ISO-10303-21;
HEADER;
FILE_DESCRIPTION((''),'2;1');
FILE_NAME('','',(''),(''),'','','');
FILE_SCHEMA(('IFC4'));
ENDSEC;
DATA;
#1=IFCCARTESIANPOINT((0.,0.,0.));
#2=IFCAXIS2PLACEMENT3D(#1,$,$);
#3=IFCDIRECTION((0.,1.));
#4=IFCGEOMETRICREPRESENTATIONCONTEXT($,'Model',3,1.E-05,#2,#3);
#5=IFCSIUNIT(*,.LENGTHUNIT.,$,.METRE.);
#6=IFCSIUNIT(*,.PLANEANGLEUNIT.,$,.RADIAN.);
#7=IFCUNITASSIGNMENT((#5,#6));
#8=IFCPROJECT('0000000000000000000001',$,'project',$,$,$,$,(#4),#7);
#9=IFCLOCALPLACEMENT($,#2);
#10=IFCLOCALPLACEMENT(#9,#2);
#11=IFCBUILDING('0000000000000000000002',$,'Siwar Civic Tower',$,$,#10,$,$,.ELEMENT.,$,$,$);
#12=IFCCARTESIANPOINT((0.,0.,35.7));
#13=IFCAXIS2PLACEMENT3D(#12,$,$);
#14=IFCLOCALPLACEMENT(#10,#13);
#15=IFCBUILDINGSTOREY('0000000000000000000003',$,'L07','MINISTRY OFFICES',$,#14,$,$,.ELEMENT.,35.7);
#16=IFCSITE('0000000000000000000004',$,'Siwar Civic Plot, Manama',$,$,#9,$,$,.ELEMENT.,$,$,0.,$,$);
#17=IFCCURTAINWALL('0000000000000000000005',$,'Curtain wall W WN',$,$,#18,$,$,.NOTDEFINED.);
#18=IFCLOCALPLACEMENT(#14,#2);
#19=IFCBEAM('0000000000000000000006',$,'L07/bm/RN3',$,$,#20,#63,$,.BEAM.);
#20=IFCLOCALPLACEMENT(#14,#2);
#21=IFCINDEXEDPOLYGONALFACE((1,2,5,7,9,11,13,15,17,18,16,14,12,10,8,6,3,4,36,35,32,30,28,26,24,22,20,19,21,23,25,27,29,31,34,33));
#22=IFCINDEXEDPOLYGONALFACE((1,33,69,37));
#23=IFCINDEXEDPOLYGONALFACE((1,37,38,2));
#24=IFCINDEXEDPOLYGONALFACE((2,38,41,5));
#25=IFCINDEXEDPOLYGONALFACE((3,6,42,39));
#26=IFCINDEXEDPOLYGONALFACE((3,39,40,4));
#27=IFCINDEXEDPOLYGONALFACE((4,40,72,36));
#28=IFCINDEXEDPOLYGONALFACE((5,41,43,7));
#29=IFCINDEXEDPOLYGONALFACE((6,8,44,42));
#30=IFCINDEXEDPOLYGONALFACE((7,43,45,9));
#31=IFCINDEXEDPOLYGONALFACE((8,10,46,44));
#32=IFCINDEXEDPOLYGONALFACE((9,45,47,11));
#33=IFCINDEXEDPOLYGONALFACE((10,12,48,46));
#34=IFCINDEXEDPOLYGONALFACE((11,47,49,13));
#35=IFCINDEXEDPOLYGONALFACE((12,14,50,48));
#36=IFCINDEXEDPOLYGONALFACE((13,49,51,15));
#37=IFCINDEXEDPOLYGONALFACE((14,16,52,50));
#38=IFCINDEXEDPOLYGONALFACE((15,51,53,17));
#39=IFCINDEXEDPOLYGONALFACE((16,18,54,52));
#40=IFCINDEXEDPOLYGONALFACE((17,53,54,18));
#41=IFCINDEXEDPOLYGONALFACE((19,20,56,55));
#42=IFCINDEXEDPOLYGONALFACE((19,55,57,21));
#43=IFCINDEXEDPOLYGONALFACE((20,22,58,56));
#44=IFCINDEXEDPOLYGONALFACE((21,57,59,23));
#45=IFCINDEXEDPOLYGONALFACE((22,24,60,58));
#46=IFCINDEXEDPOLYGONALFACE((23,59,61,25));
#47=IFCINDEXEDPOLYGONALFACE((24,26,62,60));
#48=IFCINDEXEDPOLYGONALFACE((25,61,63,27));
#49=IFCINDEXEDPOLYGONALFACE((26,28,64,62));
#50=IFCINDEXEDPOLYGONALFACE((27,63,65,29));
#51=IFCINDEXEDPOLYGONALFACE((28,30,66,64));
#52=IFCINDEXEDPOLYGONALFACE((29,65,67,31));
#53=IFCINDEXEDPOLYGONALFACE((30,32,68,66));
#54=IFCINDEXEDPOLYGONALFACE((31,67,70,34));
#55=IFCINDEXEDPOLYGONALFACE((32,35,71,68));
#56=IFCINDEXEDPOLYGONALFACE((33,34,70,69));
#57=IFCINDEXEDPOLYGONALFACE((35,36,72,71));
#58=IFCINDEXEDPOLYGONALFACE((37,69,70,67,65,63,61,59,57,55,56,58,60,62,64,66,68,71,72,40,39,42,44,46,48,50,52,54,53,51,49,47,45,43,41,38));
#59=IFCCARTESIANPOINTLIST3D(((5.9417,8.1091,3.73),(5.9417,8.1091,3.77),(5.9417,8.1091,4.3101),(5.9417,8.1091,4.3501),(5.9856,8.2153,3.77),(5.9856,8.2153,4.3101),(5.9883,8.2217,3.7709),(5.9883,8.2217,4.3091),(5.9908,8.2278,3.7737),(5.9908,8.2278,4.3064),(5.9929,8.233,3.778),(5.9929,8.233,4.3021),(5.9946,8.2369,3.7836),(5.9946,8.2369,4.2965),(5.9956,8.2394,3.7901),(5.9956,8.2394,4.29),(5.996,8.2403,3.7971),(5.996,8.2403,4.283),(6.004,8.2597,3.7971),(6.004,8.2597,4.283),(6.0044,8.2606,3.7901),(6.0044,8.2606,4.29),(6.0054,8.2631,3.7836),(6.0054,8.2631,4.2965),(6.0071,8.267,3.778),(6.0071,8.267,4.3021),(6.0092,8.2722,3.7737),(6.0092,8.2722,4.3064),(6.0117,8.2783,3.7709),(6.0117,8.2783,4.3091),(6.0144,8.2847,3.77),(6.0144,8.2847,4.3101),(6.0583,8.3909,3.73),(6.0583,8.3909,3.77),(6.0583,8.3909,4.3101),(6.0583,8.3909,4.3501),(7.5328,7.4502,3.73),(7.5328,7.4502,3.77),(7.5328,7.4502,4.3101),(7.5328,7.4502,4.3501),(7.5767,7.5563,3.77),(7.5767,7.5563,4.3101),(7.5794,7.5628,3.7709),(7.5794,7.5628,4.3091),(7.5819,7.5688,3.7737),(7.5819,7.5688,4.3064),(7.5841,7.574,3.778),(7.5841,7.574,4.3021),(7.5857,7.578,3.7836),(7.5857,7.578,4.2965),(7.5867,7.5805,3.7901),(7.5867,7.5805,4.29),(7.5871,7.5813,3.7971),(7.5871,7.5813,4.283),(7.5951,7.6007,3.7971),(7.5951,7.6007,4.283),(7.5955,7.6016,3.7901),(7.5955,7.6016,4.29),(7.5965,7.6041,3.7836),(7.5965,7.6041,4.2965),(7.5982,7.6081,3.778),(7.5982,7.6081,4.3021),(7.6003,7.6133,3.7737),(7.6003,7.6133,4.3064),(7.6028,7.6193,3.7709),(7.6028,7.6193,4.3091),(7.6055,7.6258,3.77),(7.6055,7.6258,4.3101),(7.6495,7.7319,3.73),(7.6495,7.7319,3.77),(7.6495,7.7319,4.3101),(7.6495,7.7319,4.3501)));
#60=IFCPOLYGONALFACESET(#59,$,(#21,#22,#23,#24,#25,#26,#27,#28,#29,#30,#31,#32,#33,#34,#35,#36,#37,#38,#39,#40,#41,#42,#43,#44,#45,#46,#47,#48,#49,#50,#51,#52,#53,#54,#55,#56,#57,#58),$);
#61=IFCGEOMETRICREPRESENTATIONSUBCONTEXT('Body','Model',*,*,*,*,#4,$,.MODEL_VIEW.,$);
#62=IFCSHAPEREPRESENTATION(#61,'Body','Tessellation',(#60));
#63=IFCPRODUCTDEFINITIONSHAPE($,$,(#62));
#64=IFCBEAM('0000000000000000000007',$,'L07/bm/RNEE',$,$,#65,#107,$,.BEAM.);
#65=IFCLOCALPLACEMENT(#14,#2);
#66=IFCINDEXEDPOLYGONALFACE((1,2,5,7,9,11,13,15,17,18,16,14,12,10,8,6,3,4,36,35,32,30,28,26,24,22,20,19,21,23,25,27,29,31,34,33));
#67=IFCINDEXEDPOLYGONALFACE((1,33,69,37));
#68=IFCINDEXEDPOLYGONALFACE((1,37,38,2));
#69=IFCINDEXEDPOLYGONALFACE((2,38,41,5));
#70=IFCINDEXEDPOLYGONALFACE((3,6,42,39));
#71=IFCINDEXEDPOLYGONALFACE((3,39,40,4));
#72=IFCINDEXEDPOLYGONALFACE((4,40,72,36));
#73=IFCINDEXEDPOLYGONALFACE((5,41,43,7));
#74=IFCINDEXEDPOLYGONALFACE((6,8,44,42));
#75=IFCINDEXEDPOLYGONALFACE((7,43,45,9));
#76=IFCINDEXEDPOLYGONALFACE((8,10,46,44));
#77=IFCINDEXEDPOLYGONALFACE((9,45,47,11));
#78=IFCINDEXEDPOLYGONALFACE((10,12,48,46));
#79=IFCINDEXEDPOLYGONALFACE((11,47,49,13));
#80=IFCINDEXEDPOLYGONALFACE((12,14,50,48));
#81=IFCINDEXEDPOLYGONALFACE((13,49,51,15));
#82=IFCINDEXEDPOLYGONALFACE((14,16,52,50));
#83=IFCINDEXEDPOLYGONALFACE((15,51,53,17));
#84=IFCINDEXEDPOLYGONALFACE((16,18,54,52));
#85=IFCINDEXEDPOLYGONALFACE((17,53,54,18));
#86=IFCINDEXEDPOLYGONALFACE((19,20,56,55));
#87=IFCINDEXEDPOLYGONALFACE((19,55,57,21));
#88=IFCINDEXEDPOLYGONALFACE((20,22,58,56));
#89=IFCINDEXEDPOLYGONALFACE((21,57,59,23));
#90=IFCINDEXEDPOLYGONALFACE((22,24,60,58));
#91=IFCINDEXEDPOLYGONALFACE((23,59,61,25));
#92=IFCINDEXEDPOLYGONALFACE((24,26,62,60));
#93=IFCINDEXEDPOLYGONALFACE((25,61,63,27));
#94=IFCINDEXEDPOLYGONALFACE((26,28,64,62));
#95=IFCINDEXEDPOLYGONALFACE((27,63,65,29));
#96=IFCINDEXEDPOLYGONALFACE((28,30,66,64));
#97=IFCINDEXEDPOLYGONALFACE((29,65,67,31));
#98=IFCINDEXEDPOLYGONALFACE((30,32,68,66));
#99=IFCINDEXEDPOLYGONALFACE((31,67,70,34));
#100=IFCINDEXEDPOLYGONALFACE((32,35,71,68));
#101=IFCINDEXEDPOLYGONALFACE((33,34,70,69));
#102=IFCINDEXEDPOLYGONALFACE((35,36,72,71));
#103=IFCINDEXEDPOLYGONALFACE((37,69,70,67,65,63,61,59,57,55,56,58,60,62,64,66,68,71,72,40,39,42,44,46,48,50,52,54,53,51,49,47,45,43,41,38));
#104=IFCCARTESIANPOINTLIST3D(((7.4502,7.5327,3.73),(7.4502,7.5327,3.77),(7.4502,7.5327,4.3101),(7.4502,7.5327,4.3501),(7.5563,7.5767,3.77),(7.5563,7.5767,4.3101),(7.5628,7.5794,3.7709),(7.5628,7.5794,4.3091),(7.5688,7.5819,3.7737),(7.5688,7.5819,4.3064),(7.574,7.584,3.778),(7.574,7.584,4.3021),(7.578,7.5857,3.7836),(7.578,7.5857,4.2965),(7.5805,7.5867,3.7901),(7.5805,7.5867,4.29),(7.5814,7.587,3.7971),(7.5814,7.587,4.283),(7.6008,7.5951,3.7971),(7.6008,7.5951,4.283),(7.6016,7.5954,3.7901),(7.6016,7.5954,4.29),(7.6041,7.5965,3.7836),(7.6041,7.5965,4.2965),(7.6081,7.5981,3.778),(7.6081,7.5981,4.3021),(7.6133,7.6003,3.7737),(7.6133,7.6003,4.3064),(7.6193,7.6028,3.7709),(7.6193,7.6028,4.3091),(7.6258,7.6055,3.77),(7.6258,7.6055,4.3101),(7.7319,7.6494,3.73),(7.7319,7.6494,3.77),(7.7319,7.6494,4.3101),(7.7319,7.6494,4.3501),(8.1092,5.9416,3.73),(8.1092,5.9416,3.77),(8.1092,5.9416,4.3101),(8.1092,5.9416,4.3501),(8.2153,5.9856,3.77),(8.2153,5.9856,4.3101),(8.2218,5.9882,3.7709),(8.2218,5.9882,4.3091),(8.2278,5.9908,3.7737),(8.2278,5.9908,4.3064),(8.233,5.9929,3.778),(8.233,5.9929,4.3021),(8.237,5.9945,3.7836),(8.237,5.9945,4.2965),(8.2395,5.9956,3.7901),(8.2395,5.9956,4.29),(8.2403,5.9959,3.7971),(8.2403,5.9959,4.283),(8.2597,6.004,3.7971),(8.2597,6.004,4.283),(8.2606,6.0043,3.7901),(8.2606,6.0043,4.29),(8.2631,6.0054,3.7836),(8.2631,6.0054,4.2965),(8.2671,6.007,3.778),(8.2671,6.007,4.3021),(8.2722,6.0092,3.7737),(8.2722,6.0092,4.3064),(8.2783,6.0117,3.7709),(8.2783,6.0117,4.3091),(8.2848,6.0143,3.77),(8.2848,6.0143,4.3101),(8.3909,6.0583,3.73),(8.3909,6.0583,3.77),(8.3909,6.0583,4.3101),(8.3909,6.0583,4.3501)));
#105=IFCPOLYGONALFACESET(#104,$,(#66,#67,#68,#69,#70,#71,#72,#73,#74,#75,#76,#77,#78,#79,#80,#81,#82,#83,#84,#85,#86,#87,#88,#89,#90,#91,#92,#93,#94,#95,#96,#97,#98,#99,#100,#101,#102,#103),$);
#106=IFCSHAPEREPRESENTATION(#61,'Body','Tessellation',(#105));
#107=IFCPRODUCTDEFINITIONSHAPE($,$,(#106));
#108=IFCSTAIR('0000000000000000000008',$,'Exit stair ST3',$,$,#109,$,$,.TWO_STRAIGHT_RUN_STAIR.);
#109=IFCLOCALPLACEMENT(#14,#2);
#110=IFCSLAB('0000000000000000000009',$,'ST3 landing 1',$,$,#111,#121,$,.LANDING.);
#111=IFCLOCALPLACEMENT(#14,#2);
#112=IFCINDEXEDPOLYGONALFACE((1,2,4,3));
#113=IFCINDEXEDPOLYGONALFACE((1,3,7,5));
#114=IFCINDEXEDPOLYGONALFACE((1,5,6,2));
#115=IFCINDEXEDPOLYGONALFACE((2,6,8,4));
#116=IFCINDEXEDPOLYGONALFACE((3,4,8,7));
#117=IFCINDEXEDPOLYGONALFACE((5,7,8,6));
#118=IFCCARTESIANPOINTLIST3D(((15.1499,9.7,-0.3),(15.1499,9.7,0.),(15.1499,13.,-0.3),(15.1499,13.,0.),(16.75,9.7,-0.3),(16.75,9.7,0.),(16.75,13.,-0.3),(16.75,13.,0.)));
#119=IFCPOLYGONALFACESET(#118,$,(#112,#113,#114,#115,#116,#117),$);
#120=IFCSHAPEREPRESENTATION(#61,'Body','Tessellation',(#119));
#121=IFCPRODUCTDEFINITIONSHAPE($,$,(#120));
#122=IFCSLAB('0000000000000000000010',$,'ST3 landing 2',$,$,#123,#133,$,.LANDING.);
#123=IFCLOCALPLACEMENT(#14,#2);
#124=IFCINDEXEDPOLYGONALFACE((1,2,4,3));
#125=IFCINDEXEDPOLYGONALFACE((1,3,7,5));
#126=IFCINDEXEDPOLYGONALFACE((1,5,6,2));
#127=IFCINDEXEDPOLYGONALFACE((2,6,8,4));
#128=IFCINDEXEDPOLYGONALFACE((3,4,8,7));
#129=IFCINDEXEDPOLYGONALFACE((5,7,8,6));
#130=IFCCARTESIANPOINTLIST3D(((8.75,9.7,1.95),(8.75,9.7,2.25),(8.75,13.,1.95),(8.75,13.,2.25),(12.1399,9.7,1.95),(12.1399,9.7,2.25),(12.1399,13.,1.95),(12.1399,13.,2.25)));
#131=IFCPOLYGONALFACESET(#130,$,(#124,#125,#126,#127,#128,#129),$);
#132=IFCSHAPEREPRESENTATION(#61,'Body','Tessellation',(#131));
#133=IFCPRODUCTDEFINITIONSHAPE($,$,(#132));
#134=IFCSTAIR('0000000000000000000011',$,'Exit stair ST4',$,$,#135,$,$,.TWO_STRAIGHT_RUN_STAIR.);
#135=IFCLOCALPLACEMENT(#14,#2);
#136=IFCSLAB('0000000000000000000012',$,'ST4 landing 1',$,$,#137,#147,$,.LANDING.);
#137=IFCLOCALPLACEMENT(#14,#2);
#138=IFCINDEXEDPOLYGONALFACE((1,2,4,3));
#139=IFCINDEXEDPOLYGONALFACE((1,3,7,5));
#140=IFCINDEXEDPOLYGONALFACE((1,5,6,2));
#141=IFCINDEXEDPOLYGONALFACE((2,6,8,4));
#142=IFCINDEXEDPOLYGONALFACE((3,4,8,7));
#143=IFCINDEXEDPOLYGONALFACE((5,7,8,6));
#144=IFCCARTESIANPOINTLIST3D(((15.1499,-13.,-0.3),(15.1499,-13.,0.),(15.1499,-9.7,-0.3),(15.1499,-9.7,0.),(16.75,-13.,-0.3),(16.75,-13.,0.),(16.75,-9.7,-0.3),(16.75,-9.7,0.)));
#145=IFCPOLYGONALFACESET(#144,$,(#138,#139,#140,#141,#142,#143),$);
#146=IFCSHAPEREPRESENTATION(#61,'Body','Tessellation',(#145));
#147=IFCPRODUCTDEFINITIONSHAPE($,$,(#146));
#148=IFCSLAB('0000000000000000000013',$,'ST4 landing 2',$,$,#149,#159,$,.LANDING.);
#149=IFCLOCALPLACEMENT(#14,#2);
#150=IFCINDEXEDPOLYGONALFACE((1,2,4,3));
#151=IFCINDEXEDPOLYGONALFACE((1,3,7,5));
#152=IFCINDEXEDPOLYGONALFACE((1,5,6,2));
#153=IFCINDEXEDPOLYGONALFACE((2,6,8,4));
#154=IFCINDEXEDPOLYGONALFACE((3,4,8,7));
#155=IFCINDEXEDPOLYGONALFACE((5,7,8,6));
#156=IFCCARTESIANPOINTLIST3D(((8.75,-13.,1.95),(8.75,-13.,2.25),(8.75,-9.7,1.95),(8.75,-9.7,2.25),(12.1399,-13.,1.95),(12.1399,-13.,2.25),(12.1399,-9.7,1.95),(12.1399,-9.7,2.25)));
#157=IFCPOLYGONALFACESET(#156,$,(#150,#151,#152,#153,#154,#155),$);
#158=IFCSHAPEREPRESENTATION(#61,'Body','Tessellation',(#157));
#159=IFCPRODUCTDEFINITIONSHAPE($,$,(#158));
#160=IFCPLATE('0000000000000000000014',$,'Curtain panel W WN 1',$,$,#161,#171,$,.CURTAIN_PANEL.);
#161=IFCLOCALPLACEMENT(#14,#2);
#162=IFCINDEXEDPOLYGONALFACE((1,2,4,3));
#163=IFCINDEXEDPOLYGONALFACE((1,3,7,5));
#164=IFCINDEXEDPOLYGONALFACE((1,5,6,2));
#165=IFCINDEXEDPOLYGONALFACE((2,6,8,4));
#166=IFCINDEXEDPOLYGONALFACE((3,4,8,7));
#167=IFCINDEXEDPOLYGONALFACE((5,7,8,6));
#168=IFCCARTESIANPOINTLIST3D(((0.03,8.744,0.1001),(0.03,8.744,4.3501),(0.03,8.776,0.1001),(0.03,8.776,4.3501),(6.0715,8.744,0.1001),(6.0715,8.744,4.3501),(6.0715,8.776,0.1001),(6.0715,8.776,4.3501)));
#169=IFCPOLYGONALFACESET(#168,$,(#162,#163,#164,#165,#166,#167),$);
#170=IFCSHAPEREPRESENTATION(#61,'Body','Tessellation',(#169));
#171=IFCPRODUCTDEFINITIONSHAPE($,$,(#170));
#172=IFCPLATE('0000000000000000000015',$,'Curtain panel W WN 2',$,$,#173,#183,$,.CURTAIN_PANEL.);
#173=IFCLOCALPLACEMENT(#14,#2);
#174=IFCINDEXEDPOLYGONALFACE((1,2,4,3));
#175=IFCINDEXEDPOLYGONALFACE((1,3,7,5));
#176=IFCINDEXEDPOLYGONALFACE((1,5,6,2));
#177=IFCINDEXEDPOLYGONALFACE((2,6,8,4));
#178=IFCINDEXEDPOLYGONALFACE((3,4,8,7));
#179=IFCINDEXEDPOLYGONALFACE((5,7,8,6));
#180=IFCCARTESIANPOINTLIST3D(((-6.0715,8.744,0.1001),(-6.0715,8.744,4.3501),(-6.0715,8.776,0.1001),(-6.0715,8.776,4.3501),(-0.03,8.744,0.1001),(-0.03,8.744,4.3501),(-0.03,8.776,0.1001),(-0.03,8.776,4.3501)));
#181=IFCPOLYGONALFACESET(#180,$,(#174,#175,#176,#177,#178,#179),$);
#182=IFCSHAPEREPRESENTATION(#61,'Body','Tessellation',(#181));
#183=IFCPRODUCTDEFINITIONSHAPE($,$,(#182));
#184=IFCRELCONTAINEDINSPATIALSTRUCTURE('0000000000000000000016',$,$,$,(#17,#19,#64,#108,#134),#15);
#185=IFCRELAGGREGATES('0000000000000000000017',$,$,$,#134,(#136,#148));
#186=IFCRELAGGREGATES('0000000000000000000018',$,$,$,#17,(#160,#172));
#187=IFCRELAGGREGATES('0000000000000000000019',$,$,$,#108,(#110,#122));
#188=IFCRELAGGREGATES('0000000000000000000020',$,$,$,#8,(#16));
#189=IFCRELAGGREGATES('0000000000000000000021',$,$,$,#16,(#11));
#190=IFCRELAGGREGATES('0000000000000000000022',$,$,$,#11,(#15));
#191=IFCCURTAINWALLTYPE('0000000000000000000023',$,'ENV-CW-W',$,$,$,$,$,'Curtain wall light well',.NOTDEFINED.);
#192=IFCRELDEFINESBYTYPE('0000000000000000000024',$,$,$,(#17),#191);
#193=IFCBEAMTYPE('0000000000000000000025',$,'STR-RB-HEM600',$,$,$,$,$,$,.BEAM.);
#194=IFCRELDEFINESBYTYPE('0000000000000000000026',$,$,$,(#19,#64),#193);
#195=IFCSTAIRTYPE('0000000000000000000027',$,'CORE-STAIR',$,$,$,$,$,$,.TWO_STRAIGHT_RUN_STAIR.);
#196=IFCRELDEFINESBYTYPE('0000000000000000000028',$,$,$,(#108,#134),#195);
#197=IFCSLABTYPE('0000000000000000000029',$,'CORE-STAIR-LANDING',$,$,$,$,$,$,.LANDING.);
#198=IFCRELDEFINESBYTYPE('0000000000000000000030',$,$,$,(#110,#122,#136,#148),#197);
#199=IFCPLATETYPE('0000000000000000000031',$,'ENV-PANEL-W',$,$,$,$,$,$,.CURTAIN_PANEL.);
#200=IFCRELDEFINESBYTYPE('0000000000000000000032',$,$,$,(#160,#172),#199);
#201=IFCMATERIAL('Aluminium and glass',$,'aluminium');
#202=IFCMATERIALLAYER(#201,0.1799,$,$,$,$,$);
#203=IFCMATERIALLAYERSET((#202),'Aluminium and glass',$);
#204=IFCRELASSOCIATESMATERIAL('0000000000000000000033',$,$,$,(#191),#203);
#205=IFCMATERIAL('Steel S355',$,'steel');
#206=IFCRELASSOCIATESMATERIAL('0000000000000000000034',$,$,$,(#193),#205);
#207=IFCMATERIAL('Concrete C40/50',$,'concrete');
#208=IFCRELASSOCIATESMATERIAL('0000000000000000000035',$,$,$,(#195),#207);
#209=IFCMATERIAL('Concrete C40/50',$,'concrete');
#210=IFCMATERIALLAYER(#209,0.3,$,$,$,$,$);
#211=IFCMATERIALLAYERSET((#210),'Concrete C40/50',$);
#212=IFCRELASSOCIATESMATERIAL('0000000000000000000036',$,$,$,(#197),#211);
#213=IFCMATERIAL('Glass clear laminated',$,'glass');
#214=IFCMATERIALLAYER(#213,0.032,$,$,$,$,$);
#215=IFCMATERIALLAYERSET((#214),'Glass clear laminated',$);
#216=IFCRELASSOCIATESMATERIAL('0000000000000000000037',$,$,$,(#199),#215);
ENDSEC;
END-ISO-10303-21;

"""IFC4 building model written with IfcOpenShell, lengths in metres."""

from ifc_helpers import new_model, si_unit, direction, frame, origin, origin_2d, place, context, subcontext, project, spatial, polyline, rectangle, i_section, outline, extrude, material, layer, layer_set, material_profile, profile_set, type_object, element, aggregate, save


model = new_model("IFC4")

# Units and contexts
model_context = context("Model", 3, precision=1e-05, world=origin(), true_north=direction((0.0, 1.0)))
body_context = subcontext(model_context, "Body", "Model", "MODEL_VIEW")
ifc_project = project(units=[si_unit("LENGTHUNIT", "METRE"), si_unit("PLANEANGLEUNIT", "RADIAN")], contexts=[model_context])

# Site, building, storey
site_placement = place(None, origin())
site = spatial("IfcSite", under=ifc_project, at=site_placement, Name="Siwar Civic Plot, Manama", CompositionType="ELEMENT", RefElevation=0.0)
building_placement = place(site_placement, origin())
building = spatial("IfcBuilding", under=site, at=building_placement, Name="Siwar Civic Tower", CompositionType="ELEMENT")
storey_placement = place(building_placement, frame((0.0, 0.0, 35.7)))
storey = spatial("IfcBuildingStorey", under=building, at=storey_placement, Name="L07", Description="MINISTRY OFFICES", CompositionType="ELEMENT", Elevation=35.7)

# Curtain wall
ifc_material_1 = material(Name="Aluminium and glass", Category="aluminium")
ifc_layer_1 = layer(ifc_material_1, 0.1799)
ifc_layer_set_1 = layer_set([ifc_layer_1], Name="Aluminium and glass")
curtain_wall_type = type_object("IfcCurtainWallType", Name="ENV-CW-W", ElementType="Curtain wall light well", PredefinedType="NOTDEFINED", material=ifc_layer_set_1)
curtain_wall_placement = place(storey_placement, origin())
curtain_wall = element("IfcCurtainWall", 1, at=curtain_wall_placement, inside=storey, type_object=curtain_wall_type, Name="Curtain wall W WN", PredefinedType="NOTDEFINED")

# Beams
ifc_material_2 = material(Name="Steel S355", Category="steel")
ifc_material_profile_1 = material_profile(ifc_material_2, i_section(OverallWidth=0.3049, OverallDepth=0.6201, WebThickness=0.021, FlangeThickness=0.04, FilletRadius=0.0271, at=origin_2d()), Name="HEM600")
ifc_profile_set_1 = profile_set([ifc_material_profile_1], Name="Steel S355")
beam_type_1 = type_object("IfcBeamType", Name="STR-RB-HEM600", PredefinedType="BEAM", material=ifc_profile_set_1)
for number, where, z_axis, x_axis, name in (
    (2, (6.0, 8.25, 4.04), (0.923901, -0.382631, 0.0), (0.382631, 0.923901, 0.0), "L07/bm/RN3"),
    (3, (7.5911, 7.5911, 4.04), (0.382631, -0.923901, 0.0), (0.923901, 0.382631, 0.0), "L07/bm/RNEE"),
):
    element("IfcBeam", number, at=place(storey_placement, frame(where, z_axis=z_axis, x_axis=x_axis)), inside=storey, type_object=beam_type_1, Name=name, PredefinedType="BEAM", context=body_context, shape_type="SweptSolid", body=[
        extrude(i_section(OverallWidth=0.3049, OverallDepth=0.6201, WebThickness=0.021, FlangeThickness=0.04, FilletRadius=0.0271, at=origin_2d()), origin(), (0.0, 0.0, 1.0), 1.7222),
    ])

# Stairs, slabs
ifc_material_3 = material(Name="Concrete C40/50", Category="concrete")
stair_type = type_object("IfcStairType", Name="CORE-STAIR", PredefinedType="TWO_STRAIGHT_RUN_STAIR", material=ifc_material_3)
stair_1_placement = place(storey_placement, origin())
stair_1 = element("IfcStair", 4, at=stair_1_placement, inside=storey, type_object=stair_type, Name="Exit stair ST3", PredefinedType="TWO_STRAIGHT_RUN_STAIR")
ifc_material_4 = material(Name="Concrete C40/50", Category="concrete")
ifc_layer_2 = layer(ifc_material_4, 0.3)
ifc_layer_set_2 = layer_set([ifc_layer_2], Name="Concrete C40/50")
slab_type_1 = type_object("IfcSlabType", Name="CORE-STAIR-LANDING", PredefinedType="LANDING", material=ifc_layer_set_2)
slab_1_placement = place(storey_placement, frame((0.0, 0.0, -0.3)))
slab_1 = element("IfcSlab", 5, at=slab_1_placement, type_object=slab_type_1, Name="ST3 landing 1", PredefinedType="LANDING", context=body_context, shape_type="SweptSolid", body=[
    extrude(outline(polyline([(15.1499, 9.7), (16.75, 9.7), (16.75, 13.0), (15.1499, 13.0), (15.1499, 9.7)])), origin(), (0.0, 0.0, 1.0), 0.3),
])
slab_2_placement = place(storey_placement, frame((0.0, 0.0, 1.95)))
slab_2 = element("IfcSlab", 6, at=slab_2_placement, type_object=slab_type_1, Name="ST3 landing 2", PredefinedType="LANDING", context=body_context, shape_type="SweptSolid", body=[
    extrude(outline(polyline([(8.75, 9.7), (12.1399, 9.7), (12.1399, 13.0), (8.75, 13.0), (8.75, 9.7)])), origin(), (0.0, 0.0, 1.0), 0.3),
])
stair_2_placement = place(storey_placement, origin())
stair_2 = element("IfcStair", 7, at=stair_2_placement, inside=storey, type_object=stair_type, Name="Exit stair ST4", PredefinedType="TWO_STRAIGHT_RUN_STAIR")
slab_3_placement = place(storey_placement, frame((0.0, 0.0, -0.3)))
slab_3 = element("IfcSlab", 8, at=slab_3_placement, type_object=slab_type_1, Name="ST4 landing 1", PredefinedType="LANDING", context=body_context, shape_type="SweptSolid", body=[
    extrude(outline(polyline([(15.1499, -13.0), (16.75, -13.0), (16.75, -9.7), (15.1499, -9.7), (15.1499, -13.0)])), origin(), (0.0, 0.0, 1.0), 0.3),
])
slab_4_placement = place(storey_placement, frame((0.0, 0.0, 1.95)))
slab_4 = element("IfcSlab", 9, at=slab_4_placement, type_object=slab_type_1, Name="ST4 landing 2", PredefinedType="LANDING", context=body_context, shape_type="SweptSolid", body=[
    extrude(outline(polyline([(8.75, -13.0), (12.1399, -13.0), (12.1399, -9.7), (8.75, -9.7), (8.75, -13.0)])), origin(), (0.0, 0.0, 1.0), 0.3),
])
aggregate(stair_2, [slab_3, slab_4])

# Plates
ifc_material_5 = material(Name="Glass clear laminated", Category="glass")
ifc_layer_3 = layer(ifc_material_5, 0.032)
ifc_layer_set_3 = layer_set([ifc_layer_3], Name="Glass clear laminated")
plate_type = type_object("IfcPlateType", Name="ENV-PANEL-W", PredefinedType="CURTAIN_PANEL", material=ifc_layer_set_3)
plate_1_placement = place(storey_placement, frame((3.0508, 8.76, 0.1001), z_axis=(0.0, 0.0, 1.0), x_axis=(-1.0, 0.0, 0.0)))
plate_1 = element("IfcPlate", 10, at=plate_1_placement, type_object=plate_type, Name="Curtain panel W WN 1", PredefinedType="CURTAIN_PANEL", context=body_context, shape_type="SweptSolid", body=[
    extrude(rectangle(XDim=6.0415, YDim=0.032, at=origin_2d()), origin(), (0.0, 0.0, 1.0), 4.25),
])
plate_2_placement = place(storey_placement, frame((-3.0508, 8.76, 0.1001), z_axis=(0.0, 0.0, 1.0), x_axis=(-1.0, 0.0, 0.0)))
plate_2 = element("IfcPlate", 11, at=plate_2_placement, type_object=plate_type, Name="Curtain panel W WN 2", PredefinedType="CURTAIN_PANEL", context=body_context, shape_type="SweptSolid", body=[
    extrude(rectangle(XDim=6.0415, YDim=0.032, at=origin_2d()), origin(), (0.0, 0.0, 1.0), 4.25),
])
aggregate(curtain_wall, [plate_1, plate_2])

aggregate(stair_1, [slab_1, slab_2])

save(model, "model.ifc")
